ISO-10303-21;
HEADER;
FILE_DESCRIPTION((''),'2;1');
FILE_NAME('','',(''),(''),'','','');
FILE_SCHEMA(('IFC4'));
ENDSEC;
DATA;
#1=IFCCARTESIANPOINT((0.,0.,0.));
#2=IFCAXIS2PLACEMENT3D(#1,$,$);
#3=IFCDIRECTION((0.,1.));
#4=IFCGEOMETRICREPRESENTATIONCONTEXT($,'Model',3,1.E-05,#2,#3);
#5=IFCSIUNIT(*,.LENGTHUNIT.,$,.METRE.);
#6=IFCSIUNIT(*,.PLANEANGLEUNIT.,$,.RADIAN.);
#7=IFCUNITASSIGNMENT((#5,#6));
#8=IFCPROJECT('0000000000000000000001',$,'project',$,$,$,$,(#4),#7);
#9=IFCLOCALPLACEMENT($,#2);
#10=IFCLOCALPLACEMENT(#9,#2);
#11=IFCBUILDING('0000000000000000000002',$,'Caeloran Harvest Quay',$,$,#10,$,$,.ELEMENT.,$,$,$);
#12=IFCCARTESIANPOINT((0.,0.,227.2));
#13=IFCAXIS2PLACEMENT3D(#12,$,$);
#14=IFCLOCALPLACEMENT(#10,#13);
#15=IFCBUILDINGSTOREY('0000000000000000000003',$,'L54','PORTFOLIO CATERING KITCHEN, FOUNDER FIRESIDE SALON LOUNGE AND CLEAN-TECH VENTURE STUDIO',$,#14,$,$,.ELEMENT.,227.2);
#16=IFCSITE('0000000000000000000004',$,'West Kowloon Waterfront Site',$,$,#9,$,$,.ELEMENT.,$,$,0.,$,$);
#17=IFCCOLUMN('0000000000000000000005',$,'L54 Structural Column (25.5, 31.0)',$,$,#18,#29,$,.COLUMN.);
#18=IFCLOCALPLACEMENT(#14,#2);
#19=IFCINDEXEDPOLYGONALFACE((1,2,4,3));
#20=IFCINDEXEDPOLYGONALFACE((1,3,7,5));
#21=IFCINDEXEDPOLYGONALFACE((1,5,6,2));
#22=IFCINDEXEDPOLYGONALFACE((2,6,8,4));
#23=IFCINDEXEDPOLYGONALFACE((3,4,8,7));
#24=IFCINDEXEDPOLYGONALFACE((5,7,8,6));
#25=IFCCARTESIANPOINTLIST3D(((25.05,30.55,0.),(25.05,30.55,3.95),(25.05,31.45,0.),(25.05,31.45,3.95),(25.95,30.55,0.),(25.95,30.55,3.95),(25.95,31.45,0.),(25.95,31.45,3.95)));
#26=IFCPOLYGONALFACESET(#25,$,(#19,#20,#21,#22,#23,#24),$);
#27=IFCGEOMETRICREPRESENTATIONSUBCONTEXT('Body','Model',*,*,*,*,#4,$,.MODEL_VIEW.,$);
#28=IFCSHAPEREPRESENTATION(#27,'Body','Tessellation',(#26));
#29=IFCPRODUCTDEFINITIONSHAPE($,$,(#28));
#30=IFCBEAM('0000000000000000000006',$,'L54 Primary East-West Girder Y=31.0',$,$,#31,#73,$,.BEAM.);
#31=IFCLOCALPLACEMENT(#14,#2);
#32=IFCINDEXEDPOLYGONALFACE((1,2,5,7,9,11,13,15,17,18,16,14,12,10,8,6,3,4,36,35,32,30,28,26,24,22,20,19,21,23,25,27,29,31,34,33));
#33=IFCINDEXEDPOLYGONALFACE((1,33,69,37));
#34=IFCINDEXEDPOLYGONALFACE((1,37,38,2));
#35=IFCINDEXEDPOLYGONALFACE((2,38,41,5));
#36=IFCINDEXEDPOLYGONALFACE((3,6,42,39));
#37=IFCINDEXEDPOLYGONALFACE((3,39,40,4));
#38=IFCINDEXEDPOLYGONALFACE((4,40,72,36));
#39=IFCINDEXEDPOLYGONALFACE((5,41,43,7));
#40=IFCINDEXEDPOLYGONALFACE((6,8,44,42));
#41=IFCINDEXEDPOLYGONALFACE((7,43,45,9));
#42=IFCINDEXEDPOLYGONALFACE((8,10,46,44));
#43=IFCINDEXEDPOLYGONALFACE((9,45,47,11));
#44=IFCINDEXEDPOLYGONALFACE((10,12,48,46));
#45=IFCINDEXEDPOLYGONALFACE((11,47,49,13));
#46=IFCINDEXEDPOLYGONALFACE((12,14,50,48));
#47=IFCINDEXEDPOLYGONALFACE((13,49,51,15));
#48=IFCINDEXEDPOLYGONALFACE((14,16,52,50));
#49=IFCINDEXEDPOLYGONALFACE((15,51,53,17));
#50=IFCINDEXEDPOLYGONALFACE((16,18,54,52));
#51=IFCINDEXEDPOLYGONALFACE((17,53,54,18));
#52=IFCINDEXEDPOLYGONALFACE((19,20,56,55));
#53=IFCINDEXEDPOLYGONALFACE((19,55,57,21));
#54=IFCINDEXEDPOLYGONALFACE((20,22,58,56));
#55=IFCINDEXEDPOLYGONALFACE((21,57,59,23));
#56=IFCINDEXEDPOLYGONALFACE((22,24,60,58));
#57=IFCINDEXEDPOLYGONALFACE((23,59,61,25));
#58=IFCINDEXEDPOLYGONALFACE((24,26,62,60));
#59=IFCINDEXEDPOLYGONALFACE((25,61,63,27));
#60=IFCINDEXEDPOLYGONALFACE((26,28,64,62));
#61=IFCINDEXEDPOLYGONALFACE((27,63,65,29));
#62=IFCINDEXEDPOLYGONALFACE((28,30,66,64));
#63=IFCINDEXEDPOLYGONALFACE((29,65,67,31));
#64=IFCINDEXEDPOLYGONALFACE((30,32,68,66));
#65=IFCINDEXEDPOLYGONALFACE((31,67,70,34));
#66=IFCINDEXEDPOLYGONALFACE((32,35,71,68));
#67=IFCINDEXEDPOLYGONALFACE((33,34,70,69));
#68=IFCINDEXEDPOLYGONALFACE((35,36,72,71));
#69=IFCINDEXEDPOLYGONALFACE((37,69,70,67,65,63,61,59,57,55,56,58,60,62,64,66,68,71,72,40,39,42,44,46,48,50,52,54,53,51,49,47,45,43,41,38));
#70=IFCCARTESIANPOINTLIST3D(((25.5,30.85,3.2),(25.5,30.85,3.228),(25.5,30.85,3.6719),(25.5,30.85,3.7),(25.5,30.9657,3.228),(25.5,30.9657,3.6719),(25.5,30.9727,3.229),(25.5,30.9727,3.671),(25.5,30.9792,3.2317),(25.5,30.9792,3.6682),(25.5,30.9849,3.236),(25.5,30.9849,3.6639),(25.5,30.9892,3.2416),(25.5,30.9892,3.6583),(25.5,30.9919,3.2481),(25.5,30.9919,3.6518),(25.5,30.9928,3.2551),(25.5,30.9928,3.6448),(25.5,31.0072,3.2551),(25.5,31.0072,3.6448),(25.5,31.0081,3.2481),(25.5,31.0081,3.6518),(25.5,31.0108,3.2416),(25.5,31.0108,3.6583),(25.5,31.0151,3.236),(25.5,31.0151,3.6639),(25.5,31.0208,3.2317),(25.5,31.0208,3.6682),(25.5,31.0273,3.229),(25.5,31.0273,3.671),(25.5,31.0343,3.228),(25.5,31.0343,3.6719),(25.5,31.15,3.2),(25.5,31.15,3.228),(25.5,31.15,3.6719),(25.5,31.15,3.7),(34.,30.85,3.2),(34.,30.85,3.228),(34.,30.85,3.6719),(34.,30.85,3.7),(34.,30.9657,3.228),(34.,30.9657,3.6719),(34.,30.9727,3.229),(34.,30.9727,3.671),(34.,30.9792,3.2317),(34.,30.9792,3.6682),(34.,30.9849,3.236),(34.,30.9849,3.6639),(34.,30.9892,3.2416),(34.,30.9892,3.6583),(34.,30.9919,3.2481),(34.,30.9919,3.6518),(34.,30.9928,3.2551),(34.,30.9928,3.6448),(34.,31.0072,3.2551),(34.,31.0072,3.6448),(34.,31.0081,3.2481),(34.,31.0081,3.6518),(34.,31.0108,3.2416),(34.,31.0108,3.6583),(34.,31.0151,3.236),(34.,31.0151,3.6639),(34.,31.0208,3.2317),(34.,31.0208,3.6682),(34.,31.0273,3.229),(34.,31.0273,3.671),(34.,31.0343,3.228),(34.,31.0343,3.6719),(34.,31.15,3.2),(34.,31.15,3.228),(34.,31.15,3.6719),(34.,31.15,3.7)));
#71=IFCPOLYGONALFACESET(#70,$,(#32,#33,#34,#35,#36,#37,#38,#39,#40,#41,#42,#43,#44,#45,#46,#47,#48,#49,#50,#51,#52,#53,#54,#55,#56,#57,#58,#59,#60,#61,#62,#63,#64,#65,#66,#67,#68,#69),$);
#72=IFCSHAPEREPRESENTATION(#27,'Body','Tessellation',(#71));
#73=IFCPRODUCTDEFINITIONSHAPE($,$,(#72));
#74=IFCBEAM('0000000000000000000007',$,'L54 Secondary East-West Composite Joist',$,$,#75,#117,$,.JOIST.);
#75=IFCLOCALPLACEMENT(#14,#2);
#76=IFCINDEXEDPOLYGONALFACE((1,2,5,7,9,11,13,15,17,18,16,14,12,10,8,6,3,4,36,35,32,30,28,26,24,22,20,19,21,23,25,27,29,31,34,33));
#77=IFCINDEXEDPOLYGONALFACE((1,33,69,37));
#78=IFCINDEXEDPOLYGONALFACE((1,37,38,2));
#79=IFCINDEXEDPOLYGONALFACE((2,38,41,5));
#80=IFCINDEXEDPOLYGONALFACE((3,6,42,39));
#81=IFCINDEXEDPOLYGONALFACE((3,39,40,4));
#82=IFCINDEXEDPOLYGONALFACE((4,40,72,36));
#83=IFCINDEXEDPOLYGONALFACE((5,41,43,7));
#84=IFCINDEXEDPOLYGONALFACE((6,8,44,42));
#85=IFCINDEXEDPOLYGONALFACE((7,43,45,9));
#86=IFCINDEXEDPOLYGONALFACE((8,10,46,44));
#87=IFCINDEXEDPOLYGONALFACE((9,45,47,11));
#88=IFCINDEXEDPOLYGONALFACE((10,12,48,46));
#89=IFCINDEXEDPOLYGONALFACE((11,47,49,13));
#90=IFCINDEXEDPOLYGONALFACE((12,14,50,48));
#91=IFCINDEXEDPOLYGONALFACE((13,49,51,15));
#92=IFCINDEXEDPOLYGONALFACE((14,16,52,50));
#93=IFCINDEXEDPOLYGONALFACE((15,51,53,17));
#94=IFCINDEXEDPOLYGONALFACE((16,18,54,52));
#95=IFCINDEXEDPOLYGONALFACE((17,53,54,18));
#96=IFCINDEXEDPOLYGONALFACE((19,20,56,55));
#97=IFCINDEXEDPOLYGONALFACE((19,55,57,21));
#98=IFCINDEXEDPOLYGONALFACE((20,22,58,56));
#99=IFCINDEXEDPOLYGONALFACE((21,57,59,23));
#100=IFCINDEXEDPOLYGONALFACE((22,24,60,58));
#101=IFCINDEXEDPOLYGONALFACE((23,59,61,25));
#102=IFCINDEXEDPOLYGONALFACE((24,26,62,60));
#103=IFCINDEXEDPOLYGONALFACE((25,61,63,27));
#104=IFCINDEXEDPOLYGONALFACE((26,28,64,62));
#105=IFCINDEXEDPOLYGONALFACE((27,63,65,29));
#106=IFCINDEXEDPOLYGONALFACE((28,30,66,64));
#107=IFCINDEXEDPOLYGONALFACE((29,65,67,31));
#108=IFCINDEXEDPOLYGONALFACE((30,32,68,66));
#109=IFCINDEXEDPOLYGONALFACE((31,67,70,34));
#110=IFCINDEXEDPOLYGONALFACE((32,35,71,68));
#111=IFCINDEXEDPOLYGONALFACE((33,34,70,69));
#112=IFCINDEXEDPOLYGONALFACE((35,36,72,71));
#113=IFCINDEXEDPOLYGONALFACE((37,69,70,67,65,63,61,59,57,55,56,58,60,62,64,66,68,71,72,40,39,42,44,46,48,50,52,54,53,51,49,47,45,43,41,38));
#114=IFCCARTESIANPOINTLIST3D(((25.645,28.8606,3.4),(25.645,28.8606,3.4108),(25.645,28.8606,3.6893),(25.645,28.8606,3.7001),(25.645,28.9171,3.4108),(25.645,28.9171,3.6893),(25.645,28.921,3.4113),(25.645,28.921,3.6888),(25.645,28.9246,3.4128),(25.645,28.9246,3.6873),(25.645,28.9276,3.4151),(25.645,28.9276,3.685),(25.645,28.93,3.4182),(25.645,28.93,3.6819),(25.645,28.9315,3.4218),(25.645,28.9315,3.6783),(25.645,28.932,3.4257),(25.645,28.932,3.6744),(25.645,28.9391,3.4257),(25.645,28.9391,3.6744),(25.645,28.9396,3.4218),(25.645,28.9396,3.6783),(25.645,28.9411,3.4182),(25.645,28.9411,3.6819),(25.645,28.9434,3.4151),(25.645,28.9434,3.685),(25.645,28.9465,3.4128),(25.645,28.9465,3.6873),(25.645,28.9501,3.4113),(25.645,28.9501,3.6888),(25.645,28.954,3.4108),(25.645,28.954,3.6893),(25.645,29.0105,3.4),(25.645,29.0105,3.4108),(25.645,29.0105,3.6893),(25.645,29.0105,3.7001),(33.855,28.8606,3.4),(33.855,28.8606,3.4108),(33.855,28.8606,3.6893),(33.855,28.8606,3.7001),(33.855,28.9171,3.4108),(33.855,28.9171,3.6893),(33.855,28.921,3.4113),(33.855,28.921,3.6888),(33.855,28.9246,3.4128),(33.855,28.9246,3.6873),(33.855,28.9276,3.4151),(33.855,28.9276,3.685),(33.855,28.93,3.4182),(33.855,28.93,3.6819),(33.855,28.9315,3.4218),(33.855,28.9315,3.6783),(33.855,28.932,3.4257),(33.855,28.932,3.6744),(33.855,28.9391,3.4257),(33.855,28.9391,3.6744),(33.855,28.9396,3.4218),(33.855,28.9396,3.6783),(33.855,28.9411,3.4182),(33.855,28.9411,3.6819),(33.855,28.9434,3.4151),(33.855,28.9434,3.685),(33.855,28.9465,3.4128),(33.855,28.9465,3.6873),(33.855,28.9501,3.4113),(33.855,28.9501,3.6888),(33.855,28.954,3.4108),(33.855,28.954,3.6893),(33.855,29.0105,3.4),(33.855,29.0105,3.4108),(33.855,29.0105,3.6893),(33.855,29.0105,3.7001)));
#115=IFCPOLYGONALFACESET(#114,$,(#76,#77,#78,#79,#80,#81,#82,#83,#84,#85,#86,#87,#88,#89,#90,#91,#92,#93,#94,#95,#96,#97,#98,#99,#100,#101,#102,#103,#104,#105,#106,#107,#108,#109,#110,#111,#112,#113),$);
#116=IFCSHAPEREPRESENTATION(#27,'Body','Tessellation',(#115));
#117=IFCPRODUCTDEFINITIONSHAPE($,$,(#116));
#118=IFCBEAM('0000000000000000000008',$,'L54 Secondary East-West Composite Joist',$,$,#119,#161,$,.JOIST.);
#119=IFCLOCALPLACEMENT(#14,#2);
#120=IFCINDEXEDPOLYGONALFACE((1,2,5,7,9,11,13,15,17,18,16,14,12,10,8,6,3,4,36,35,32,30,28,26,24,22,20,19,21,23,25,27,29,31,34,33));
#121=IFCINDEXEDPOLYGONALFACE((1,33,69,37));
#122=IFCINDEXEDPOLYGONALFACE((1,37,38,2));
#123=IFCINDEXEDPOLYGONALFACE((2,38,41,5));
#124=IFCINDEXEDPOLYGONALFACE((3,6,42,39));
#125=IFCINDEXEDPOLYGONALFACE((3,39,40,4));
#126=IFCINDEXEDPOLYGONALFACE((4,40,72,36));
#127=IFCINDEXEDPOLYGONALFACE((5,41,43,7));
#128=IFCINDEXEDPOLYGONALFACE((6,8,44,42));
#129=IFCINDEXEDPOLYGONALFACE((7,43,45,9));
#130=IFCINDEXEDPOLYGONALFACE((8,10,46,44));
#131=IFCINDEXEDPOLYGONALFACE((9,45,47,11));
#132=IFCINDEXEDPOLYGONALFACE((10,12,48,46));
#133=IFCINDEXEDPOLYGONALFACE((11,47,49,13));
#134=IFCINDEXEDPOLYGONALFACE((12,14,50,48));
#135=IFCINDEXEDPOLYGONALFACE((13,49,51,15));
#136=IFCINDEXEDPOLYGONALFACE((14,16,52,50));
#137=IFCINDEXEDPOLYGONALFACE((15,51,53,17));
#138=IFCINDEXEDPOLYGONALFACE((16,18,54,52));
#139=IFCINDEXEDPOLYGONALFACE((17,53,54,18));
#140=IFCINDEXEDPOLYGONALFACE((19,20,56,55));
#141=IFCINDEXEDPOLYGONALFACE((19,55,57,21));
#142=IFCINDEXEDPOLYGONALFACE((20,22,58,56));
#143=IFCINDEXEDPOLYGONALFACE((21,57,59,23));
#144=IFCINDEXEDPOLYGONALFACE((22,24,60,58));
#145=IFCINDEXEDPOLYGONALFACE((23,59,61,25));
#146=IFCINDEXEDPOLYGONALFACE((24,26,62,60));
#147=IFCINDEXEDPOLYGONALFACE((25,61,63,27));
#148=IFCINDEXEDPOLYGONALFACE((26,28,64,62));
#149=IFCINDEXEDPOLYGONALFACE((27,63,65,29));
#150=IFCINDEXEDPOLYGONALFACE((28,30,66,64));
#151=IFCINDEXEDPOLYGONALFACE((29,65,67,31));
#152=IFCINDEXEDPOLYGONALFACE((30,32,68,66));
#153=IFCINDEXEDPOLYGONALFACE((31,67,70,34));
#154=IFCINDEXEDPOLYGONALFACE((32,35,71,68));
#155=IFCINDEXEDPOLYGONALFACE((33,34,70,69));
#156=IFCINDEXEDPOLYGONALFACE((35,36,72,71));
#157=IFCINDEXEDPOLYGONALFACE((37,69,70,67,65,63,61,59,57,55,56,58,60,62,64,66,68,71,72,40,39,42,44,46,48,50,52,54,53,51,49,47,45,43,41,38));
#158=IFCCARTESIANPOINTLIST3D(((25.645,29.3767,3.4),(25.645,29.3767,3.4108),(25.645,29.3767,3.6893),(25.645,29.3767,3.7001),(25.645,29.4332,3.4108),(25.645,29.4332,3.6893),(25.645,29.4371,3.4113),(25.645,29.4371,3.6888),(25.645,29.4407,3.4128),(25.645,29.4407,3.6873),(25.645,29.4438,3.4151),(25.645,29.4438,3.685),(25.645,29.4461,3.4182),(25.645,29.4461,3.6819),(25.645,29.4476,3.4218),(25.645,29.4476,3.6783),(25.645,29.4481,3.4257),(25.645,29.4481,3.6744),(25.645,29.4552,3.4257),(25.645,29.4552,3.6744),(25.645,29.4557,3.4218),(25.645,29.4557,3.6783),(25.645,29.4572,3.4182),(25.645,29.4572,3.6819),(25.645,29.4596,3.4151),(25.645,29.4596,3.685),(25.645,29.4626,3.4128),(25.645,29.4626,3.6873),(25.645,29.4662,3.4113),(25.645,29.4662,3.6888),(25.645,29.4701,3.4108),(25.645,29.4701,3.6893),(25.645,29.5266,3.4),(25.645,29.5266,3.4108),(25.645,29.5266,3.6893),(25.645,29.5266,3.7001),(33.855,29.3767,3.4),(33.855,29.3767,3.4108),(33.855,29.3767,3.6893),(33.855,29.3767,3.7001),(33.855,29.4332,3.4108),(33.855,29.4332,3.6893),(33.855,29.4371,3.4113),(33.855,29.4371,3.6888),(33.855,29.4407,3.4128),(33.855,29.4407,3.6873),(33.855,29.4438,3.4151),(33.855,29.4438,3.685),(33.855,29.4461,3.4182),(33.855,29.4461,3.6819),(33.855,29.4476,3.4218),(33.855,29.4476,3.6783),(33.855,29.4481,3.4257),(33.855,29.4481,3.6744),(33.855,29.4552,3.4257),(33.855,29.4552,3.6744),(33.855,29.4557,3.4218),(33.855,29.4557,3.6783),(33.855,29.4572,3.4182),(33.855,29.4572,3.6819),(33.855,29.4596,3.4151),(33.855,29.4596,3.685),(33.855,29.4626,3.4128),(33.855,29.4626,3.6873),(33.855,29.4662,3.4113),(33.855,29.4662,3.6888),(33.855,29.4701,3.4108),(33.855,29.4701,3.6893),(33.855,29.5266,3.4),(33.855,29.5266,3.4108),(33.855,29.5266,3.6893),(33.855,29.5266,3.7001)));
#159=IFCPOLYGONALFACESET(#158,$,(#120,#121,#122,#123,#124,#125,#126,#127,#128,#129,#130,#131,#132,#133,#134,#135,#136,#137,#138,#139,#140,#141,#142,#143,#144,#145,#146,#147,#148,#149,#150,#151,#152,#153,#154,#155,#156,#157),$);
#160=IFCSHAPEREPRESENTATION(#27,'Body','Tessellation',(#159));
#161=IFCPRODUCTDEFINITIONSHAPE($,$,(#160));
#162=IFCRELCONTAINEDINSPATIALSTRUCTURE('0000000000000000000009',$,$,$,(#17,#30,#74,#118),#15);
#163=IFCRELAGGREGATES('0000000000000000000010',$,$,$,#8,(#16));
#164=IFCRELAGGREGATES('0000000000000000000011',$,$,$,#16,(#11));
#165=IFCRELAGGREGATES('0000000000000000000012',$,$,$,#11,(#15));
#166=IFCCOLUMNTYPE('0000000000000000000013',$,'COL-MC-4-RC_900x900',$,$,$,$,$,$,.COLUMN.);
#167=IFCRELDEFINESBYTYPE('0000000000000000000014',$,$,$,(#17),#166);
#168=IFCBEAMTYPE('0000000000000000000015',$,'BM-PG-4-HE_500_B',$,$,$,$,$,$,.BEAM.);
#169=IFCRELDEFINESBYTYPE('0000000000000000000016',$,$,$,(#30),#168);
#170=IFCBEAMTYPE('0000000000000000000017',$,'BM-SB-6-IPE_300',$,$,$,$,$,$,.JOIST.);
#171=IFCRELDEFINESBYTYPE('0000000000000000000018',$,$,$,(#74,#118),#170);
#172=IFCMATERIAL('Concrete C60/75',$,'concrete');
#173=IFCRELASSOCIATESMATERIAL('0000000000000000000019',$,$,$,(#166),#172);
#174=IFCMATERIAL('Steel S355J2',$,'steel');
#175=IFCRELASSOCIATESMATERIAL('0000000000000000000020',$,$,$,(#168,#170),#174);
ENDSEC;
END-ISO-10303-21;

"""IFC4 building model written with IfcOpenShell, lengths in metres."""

from ifc_helpers import new_model, si_unit, direction, frame, origin, origin_2d, place, context, subcontext, project, spatial, rectangle, i_section, extrude, material, material_profile, profile_set, type_object, element, save


model = new_model("IFC4")

# Units and contexts
model_context = context("Model", 3, precision=1e-05, world=origin(), true_north=direction((0.0, 1.0)))
body_context = subcontext(model_context, "Body", "Model", "MODEL_VIEW")
ifc_project = project(units=[si_unit("LENGTHUNIT", "METRE"), si_unit("PLANEANGLEUNIT", "RADIAN")], contexts=[model_context])

# Site, building, storey
site_placement = place(None, origin())
site = spatial("IfcSite", under=ifc_project, at=site_placement, Name="West Kowloon Waterfront Site", CompositionType="ELEMENT", RefElevation=0.0)
building_placement = place(site_placement, origin())
building = spatial("IfcBuilding", under=site, at=building_placement, Name="Caeloran Harvest Quay", CompositionType="ELEMENT")
storey_placement = place(building_placement, frame((0.0, 0.0, 227.2)))
storey = spatial("IfcBuildingStorey", under=building, at=storey_placement, Name="L54", Description="PORTFOLIO CATERING KITCHEN, FOUNDER FIRESIDE SALON LOUNGE AND CLEAN-TECH VENTURE STUDIO", CompositionType="ELEMENT", Elevation=227.2)

# Column
ifc_material_1 = material(Name="Concrete C60/75", Category="concrete")
ifc_material_profile_1 = material_profile(ifc_material_1, rectangle(XDim=0.8999, YDim=0.8999, at=origin_2d()), Name="RC 900x900")
ifc_profile_set_1 = profile_set([ifc_material_profile_1], Name="Concrete C60/75")
column_type = type_object("IfcColumnType", Name="COL-MC-4-RC_900x900", PredefinedType="COLUMN", material=ifc_profile_set_1)
column_placement = place(storey_placement, frame((25.5, 31.0, 0.0), z_axis=(0.0, 0.0, 1.0), x_axis=(1.0, 0.0, 0.0)))
element("IfcColumn", 1, at=column_placement, inside=storey, type_object=column_type, Name="L54 Structural Column (25.5, 31.0)", PredefinedType="COLUMN", context=body_context, shape_type="SweptSolid", body=[
    extrude(rectangle(XDim=0.8999, YDim=0.8999, at=origin_2d()), origin(), (0.0, 0.0, 1.0), 3.95),
])

# Beams
ifc_material_2 = material(Name="Steel S355J2", Category="steel")
ifc_material_profile_2 = material_profile(ifc_material_2, i_section(OverallWidth=0.3, OverallDepth=0.5, WebThickness=0.0144, FlangeThickness=0.0281, FilletRadius=0.0271, at=origin_2d()), Name="HE 500 B")
ifc_profile_set_2 = profile_set([ifc_material_profile_2], Name="Steel S355J2")
beam_type_1 = type_object("IfcBeamType", Name="BM-PG-4-HE_500_B", PredefinedType="BEAM", material=ifc_profile_set_2)
beam_placement = place(storey_placement, frame((25.5, 31.0, 3.45), z_axis=(1.0, 0.0, 0.0), x_axis=(0.0, 1.0, 0.0)))
element("IfcBeam", 2, at=beam_placement, inside=storey, type_object=beam_type_1, Name="L54 Primary East-West Girder Y=31.0", PredefinedType="BEAM", context=body_context, shape_type="SweptSolid", body=[
    extrude(i_section(OverallWidth=0.3, OverallDepth=0.5, WebThickness=0.0144, FlangeThickness=0.0281, FilletRadius=0.0271, at=origin_2d()), origin(), (0.0, 0.0, 1.0), 8.5),
])
ifc_material_profile_3 = material_profile(ifc_material_2, i_section(OverallWidth=0.1499, OverallDepth=0.3, WebThickness=0.0071, FlangeThickness=0.0107, FilletRadius=0.0149, at=origin_2d()), Name="IPE 300")
ifc_profile_set_3 = profile_set([ifc_material_profile_3], Name="Steel S355J2")
beam_type_2 = type_object("IfcBeamType", Name="BM-SB-6-IPE_300", PredefinedType="JOIST", material=ifc_profile_set_3)
for number, where, z_axis, x_axis, name in (
    (3, (25.645, 28.9355, 3.55), (1.0, 0.0, 0.0), (0.0, 1.0, 0.0), "L54 Secondary East-West Composite Joist"),
    (4, (25.645, 29.4517, 3.55), (1.0, 0.0, 0.0), (0.0, 1.0, 0.0), "L54 Secondary East-West Composite Joist"),
):
    element("IfcBeam", number, at=place(storey_placement, frame(where, z_axis=z_axis, x_axis=x_axis)), inside=storey, type_object=beam_type_2, Name=name, PredefinedType="JOIST", context=body_context, shape_type="SweptSolid", body=[
        extrude(i_section(OverallWidth=0.1499, OverallDepth=0.3, WebThickness=0.0071, FlangeThickness=0.0107, FilletRadius=0.0149, at=origin_2d()), origin(), (0.0, 0.0, 1.0), 8.21),
    ])

save(model, "model.ifc")
